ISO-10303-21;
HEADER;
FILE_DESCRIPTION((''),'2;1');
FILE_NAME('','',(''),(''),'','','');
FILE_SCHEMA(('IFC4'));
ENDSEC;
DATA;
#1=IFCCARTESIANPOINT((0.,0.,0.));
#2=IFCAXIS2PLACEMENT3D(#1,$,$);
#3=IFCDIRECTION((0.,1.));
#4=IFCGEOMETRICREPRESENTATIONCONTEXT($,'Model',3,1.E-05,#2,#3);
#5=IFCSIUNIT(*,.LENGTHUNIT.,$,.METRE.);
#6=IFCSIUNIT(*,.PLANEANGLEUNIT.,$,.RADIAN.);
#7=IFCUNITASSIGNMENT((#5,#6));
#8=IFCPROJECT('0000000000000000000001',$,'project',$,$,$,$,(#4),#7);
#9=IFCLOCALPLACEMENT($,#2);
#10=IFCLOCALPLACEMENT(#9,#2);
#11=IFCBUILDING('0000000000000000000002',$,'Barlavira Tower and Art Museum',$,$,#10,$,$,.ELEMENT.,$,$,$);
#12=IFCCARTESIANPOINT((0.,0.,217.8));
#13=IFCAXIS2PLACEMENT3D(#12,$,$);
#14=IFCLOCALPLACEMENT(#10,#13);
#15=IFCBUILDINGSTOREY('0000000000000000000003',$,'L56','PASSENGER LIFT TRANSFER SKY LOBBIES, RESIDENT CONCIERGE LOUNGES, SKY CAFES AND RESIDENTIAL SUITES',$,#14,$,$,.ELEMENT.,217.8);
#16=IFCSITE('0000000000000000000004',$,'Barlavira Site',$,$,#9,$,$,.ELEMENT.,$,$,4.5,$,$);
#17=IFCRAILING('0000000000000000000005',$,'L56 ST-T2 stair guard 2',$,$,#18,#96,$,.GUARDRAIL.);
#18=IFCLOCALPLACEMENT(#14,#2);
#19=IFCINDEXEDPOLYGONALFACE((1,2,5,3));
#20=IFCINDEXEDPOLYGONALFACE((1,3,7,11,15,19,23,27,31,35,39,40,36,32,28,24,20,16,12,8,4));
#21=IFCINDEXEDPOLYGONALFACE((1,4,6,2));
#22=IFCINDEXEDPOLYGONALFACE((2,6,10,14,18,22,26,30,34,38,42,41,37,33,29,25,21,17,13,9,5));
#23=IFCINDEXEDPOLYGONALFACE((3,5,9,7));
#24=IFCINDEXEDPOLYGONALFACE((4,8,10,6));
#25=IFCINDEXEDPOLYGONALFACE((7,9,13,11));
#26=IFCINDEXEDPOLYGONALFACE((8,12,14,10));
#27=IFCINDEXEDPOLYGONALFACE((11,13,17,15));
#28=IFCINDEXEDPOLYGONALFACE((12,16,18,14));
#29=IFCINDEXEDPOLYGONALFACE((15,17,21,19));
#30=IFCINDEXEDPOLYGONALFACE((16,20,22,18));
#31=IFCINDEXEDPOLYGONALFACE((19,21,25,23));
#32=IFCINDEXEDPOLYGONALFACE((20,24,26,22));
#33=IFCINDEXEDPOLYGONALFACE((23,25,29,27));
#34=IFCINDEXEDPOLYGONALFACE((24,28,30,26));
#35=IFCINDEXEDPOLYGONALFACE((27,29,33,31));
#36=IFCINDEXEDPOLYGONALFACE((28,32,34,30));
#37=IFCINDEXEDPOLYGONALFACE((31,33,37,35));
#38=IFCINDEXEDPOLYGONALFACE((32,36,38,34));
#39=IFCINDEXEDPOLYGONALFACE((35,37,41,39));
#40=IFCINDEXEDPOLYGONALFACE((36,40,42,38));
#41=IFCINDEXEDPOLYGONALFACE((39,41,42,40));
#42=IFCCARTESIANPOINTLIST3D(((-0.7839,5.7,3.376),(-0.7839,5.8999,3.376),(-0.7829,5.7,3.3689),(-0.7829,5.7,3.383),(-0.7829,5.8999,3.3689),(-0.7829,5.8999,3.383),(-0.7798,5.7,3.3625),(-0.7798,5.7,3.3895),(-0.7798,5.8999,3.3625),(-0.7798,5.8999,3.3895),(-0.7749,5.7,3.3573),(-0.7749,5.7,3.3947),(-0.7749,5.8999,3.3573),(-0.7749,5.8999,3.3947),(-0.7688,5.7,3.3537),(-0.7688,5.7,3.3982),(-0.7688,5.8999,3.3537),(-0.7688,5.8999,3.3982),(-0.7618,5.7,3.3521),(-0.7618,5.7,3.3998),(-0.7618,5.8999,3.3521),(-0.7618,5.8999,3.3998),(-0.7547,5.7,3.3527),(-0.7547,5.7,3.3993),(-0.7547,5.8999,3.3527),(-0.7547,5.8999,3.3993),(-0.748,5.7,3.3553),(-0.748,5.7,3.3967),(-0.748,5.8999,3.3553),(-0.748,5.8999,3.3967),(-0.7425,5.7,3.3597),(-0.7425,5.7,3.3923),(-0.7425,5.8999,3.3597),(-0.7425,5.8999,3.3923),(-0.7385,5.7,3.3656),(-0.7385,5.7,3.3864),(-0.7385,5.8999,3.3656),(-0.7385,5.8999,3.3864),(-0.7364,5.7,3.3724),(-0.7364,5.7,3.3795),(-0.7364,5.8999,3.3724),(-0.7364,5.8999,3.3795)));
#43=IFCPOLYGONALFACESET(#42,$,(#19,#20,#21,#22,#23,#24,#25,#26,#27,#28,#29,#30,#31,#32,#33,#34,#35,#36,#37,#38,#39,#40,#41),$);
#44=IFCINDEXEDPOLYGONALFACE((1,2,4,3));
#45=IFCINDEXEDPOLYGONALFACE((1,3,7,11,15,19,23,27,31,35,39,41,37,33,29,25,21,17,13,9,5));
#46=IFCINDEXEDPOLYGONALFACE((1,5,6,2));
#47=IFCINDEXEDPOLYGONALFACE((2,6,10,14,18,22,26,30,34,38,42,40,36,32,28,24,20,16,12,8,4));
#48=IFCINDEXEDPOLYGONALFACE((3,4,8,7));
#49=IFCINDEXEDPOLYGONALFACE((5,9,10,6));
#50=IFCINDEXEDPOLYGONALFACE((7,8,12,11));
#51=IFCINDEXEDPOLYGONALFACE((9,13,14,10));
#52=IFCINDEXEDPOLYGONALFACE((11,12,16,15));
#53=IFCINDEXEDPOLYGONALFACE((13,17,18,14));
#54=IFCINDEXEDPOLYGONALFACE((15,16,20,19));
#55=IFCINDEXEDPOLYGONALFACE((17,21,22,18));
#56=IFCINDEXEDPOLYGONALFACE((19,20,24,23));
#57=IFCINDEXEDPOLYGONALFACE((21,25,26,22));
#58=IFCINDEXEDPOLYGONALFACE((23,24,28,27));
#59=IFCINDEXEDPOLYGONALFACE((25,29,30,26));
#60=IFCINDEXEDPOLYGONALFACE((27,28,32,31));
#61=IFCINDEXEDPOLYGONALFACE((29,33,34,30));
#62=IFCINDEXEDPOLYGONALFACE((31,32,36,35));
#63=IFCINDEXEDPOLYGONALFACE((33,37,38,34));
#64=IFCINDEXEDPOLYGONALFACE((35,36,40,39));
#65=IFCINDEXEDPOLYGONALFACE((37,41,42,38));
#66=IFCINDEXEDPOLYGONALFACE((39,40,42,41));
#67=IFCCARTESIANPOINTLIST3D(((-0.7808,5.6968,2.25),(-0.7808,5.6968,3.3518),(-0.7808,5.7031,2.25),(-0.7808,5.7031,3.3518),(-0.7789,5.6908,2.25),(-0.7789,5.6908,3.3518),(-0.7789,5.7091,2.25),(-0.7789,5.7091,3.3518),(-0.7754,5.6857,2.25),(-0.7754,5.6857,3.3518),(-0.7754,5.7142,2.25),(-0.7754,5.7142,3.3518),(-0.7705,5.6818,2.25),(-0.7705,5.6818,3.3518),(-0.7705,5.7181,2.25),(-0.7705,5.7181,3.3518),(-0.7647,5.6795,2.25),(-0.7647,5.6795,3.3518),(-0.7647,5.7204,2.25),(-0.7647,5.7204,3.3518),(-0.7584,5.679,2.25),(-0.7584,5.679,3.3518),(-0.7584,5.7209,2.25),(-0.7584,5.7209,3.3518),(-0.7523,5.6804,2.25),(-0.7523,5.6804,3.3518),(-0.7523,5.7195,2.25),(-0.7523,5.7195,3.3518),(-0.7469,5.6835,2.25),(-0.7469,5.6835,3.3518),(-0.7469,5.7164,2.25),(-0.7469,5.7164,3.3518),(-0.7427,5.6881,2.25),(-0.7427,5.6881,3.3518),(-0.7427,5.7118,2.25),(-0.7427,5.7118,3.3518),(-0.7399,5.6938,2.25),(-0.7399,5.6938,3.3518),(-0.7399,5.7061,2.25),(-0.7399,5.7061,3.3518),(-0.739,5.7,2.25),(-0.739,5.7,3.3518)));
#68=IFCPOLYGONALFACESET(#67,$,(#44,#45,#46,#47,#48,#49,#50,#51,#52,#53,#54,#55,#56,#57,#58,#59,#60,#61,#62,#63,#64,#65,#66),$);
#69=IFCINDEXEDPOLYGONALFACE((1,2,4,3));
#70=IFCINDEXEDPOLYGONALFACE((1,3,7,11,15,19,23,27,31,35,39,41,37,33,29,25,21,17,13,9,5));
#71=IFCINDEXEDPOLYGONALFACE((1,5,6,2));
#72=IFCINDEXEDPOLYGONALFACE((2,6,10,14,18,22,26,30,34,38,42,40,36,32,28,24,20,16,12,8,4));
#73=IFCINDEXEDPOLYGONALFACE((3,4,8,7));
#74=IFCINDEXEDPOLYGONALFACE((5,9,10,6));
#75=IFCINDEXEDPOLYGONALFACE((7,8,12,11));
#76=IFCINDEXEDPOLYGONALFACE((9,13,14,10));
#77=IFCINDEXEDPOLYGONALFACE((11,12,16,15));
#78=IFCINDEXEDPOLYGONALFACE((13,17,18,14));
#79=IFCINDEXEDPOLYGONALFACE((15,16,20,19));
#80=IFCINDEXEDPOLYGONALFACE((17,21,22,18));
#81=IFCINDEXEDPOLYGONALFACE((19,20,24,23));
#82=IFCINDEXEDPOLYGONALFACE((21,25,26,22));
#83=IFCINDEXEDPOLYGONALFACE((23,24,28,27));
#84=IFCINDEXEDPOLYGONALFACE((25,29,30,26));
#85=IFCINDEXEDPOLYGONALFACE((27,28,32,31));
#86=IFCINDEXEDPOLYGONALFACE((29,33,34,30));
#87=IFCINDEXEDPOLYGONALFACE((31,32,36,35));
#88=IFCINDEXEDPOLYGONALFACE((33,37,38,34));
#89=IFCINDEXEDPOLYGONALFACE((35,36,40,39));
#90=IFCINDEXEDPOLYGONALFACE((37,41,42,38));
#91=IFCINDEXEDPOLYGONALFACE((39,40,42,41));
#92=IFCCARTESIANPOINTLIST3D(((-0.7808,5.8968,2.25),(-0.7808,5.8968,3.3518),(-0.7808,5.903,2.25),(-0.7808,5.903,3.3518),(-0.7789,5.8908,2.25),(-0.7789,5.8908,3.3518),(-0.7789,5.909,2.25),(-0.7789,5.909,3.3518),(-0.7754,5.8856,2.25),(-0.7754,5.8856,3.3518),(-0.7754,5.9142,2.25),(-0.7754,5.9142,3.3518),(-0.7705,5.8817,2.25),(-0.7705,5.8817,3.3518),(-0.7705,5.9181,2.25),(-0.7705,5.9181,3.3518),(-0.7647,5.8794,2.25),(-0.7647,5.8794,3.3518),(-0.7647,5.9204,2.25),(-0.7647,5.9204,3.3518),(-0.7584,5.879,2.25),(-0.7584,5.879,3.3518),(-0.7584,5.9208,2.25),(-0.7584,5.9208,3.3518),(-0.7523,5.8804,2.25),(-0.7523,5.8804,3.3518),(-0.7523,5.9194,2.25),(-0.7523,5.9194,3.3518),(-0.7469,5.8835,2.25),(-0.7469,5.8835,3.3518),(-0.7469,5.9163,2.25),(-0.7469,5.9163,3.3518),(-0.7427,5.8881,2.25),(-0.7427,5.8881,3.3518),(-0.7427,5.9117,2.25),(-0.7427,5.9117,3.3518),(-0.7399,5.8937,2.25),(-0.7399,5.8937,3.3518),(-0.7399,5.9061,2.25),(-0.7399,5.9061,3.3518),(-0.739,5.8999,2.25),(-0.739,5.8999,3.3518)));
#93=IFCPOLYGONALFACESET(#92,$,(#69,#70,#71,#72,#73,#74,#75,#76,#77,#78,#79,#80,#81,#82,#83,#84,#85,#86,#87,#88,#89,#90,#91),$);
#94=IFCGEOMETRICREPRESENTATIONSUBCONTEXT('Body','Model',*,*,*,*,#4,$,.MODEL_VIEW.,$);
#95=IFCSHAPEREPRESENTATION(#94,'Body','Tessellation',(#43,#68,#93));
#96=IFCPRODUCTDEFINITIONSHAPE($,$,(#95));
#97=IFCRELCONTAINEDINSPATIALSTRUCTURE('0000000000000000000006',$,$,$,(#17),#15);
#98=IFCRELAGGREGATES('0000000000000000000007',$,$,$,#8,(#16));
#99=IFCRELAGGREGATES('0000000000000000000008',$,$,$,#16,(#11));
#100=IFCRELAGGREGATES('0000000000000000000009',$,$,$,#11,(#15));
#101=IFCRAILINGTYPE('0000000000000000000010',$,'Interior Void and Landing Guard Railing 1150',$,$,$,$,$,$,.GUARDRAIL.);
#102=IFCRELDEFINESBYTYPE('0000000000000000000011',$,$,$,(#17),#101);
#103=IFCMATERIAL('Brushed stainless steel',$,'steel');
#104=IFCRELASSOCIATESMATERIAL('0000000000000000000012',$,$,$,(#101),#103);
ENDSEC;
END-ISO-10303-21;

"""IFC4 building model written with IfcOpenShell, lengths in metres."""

from ifc_helpers import new_model, si_unit, direction, frame, origin, origin_2d, place, context, subcontext, project, spatial, circle, extrude, material, type_object, element, save


model = new_model("IFC4")

# Units and contexts
model_context = context("Model", 3, precision=1e-05, world=origin(), true_north=direction((0.0, 1.0)))
body_context = subcontext(model_context, "Body", "Model", "MODEL_VIEW")
ifc_project = project(units=[si_unit("LENGTHUNIT", "METRE"), si_unit("PLANEANGLEUNIT", "RADIAN")], contexts=[model_context])

# Site, building, storey
site_placement = place(None, origin())
site = spatial("IfcSite", under=ifc_project, at=site_placement, Name="Barlavira Site", CompositionType="ELEMENT", RefElevation=4.5)
building_placement = place(site_placement, origin())
building = spatial("IfcBuilding", under=site, at=building_placement, Name="Barlavira Tower and Art Museum", CompositionType="ELEMENT")
storey_placement = place(building_placement, frame((0.0, 0.0, 217.8)))
storey = spatial("IfcBuildingStorey", under=building, at=storey_placement, Name="L56", Description="PASSENGER LIFT TRANSFER SKY LOBBIES, RESIDENT CONCIERGE LOUNGES, SKY CAFES AND RESIDENTIAL SUITES", CompositionType="ELEMENT", Elevation=217.8)

# Shared definitions
ifc_material_1 = material(Name="Brushed stainless steel", Category="steel")

# Railing
railing_type_1 = type_object("IfcRailingType", Name="Interior Void and Landing Guard Railing 1150", PredefinedType="GUARDRAIL", material=ifc_material_1)
railing_1_placement = place(storey_placement, frame((-0.76, 5.7, 2.25)))
element("IfcRailing", 1, at=railing_1_placement, inside=storey, type_object=railing_type_1, Name="L56 ST-T2 stair guard 2", PredefinedType="GUARDRAIL", context=body_context, shape_type="SweptSolid", body=[
    extrude(circle(Radius=0.0239, at=origin_2d()), frame((0.0, 0.0, 1.126), z_axis=(0.0, 1.0, 0.0), x_axis=(-1.0, 0.0, 0.0)), (0.0, 0.0, 1.0), 0.2),
    extrude(circle(Radius=0.021, at=origin_2d()), origin(), (0.0, 0.0, 1.0), 1.1018),
    extrude(circle(Radius=0.021, at=origin_2d()), frame((0.0, 0.2, 0.0)), (0.0, 0.0, 1.0), 1.1018),
])

save(model, "model.ifc")
